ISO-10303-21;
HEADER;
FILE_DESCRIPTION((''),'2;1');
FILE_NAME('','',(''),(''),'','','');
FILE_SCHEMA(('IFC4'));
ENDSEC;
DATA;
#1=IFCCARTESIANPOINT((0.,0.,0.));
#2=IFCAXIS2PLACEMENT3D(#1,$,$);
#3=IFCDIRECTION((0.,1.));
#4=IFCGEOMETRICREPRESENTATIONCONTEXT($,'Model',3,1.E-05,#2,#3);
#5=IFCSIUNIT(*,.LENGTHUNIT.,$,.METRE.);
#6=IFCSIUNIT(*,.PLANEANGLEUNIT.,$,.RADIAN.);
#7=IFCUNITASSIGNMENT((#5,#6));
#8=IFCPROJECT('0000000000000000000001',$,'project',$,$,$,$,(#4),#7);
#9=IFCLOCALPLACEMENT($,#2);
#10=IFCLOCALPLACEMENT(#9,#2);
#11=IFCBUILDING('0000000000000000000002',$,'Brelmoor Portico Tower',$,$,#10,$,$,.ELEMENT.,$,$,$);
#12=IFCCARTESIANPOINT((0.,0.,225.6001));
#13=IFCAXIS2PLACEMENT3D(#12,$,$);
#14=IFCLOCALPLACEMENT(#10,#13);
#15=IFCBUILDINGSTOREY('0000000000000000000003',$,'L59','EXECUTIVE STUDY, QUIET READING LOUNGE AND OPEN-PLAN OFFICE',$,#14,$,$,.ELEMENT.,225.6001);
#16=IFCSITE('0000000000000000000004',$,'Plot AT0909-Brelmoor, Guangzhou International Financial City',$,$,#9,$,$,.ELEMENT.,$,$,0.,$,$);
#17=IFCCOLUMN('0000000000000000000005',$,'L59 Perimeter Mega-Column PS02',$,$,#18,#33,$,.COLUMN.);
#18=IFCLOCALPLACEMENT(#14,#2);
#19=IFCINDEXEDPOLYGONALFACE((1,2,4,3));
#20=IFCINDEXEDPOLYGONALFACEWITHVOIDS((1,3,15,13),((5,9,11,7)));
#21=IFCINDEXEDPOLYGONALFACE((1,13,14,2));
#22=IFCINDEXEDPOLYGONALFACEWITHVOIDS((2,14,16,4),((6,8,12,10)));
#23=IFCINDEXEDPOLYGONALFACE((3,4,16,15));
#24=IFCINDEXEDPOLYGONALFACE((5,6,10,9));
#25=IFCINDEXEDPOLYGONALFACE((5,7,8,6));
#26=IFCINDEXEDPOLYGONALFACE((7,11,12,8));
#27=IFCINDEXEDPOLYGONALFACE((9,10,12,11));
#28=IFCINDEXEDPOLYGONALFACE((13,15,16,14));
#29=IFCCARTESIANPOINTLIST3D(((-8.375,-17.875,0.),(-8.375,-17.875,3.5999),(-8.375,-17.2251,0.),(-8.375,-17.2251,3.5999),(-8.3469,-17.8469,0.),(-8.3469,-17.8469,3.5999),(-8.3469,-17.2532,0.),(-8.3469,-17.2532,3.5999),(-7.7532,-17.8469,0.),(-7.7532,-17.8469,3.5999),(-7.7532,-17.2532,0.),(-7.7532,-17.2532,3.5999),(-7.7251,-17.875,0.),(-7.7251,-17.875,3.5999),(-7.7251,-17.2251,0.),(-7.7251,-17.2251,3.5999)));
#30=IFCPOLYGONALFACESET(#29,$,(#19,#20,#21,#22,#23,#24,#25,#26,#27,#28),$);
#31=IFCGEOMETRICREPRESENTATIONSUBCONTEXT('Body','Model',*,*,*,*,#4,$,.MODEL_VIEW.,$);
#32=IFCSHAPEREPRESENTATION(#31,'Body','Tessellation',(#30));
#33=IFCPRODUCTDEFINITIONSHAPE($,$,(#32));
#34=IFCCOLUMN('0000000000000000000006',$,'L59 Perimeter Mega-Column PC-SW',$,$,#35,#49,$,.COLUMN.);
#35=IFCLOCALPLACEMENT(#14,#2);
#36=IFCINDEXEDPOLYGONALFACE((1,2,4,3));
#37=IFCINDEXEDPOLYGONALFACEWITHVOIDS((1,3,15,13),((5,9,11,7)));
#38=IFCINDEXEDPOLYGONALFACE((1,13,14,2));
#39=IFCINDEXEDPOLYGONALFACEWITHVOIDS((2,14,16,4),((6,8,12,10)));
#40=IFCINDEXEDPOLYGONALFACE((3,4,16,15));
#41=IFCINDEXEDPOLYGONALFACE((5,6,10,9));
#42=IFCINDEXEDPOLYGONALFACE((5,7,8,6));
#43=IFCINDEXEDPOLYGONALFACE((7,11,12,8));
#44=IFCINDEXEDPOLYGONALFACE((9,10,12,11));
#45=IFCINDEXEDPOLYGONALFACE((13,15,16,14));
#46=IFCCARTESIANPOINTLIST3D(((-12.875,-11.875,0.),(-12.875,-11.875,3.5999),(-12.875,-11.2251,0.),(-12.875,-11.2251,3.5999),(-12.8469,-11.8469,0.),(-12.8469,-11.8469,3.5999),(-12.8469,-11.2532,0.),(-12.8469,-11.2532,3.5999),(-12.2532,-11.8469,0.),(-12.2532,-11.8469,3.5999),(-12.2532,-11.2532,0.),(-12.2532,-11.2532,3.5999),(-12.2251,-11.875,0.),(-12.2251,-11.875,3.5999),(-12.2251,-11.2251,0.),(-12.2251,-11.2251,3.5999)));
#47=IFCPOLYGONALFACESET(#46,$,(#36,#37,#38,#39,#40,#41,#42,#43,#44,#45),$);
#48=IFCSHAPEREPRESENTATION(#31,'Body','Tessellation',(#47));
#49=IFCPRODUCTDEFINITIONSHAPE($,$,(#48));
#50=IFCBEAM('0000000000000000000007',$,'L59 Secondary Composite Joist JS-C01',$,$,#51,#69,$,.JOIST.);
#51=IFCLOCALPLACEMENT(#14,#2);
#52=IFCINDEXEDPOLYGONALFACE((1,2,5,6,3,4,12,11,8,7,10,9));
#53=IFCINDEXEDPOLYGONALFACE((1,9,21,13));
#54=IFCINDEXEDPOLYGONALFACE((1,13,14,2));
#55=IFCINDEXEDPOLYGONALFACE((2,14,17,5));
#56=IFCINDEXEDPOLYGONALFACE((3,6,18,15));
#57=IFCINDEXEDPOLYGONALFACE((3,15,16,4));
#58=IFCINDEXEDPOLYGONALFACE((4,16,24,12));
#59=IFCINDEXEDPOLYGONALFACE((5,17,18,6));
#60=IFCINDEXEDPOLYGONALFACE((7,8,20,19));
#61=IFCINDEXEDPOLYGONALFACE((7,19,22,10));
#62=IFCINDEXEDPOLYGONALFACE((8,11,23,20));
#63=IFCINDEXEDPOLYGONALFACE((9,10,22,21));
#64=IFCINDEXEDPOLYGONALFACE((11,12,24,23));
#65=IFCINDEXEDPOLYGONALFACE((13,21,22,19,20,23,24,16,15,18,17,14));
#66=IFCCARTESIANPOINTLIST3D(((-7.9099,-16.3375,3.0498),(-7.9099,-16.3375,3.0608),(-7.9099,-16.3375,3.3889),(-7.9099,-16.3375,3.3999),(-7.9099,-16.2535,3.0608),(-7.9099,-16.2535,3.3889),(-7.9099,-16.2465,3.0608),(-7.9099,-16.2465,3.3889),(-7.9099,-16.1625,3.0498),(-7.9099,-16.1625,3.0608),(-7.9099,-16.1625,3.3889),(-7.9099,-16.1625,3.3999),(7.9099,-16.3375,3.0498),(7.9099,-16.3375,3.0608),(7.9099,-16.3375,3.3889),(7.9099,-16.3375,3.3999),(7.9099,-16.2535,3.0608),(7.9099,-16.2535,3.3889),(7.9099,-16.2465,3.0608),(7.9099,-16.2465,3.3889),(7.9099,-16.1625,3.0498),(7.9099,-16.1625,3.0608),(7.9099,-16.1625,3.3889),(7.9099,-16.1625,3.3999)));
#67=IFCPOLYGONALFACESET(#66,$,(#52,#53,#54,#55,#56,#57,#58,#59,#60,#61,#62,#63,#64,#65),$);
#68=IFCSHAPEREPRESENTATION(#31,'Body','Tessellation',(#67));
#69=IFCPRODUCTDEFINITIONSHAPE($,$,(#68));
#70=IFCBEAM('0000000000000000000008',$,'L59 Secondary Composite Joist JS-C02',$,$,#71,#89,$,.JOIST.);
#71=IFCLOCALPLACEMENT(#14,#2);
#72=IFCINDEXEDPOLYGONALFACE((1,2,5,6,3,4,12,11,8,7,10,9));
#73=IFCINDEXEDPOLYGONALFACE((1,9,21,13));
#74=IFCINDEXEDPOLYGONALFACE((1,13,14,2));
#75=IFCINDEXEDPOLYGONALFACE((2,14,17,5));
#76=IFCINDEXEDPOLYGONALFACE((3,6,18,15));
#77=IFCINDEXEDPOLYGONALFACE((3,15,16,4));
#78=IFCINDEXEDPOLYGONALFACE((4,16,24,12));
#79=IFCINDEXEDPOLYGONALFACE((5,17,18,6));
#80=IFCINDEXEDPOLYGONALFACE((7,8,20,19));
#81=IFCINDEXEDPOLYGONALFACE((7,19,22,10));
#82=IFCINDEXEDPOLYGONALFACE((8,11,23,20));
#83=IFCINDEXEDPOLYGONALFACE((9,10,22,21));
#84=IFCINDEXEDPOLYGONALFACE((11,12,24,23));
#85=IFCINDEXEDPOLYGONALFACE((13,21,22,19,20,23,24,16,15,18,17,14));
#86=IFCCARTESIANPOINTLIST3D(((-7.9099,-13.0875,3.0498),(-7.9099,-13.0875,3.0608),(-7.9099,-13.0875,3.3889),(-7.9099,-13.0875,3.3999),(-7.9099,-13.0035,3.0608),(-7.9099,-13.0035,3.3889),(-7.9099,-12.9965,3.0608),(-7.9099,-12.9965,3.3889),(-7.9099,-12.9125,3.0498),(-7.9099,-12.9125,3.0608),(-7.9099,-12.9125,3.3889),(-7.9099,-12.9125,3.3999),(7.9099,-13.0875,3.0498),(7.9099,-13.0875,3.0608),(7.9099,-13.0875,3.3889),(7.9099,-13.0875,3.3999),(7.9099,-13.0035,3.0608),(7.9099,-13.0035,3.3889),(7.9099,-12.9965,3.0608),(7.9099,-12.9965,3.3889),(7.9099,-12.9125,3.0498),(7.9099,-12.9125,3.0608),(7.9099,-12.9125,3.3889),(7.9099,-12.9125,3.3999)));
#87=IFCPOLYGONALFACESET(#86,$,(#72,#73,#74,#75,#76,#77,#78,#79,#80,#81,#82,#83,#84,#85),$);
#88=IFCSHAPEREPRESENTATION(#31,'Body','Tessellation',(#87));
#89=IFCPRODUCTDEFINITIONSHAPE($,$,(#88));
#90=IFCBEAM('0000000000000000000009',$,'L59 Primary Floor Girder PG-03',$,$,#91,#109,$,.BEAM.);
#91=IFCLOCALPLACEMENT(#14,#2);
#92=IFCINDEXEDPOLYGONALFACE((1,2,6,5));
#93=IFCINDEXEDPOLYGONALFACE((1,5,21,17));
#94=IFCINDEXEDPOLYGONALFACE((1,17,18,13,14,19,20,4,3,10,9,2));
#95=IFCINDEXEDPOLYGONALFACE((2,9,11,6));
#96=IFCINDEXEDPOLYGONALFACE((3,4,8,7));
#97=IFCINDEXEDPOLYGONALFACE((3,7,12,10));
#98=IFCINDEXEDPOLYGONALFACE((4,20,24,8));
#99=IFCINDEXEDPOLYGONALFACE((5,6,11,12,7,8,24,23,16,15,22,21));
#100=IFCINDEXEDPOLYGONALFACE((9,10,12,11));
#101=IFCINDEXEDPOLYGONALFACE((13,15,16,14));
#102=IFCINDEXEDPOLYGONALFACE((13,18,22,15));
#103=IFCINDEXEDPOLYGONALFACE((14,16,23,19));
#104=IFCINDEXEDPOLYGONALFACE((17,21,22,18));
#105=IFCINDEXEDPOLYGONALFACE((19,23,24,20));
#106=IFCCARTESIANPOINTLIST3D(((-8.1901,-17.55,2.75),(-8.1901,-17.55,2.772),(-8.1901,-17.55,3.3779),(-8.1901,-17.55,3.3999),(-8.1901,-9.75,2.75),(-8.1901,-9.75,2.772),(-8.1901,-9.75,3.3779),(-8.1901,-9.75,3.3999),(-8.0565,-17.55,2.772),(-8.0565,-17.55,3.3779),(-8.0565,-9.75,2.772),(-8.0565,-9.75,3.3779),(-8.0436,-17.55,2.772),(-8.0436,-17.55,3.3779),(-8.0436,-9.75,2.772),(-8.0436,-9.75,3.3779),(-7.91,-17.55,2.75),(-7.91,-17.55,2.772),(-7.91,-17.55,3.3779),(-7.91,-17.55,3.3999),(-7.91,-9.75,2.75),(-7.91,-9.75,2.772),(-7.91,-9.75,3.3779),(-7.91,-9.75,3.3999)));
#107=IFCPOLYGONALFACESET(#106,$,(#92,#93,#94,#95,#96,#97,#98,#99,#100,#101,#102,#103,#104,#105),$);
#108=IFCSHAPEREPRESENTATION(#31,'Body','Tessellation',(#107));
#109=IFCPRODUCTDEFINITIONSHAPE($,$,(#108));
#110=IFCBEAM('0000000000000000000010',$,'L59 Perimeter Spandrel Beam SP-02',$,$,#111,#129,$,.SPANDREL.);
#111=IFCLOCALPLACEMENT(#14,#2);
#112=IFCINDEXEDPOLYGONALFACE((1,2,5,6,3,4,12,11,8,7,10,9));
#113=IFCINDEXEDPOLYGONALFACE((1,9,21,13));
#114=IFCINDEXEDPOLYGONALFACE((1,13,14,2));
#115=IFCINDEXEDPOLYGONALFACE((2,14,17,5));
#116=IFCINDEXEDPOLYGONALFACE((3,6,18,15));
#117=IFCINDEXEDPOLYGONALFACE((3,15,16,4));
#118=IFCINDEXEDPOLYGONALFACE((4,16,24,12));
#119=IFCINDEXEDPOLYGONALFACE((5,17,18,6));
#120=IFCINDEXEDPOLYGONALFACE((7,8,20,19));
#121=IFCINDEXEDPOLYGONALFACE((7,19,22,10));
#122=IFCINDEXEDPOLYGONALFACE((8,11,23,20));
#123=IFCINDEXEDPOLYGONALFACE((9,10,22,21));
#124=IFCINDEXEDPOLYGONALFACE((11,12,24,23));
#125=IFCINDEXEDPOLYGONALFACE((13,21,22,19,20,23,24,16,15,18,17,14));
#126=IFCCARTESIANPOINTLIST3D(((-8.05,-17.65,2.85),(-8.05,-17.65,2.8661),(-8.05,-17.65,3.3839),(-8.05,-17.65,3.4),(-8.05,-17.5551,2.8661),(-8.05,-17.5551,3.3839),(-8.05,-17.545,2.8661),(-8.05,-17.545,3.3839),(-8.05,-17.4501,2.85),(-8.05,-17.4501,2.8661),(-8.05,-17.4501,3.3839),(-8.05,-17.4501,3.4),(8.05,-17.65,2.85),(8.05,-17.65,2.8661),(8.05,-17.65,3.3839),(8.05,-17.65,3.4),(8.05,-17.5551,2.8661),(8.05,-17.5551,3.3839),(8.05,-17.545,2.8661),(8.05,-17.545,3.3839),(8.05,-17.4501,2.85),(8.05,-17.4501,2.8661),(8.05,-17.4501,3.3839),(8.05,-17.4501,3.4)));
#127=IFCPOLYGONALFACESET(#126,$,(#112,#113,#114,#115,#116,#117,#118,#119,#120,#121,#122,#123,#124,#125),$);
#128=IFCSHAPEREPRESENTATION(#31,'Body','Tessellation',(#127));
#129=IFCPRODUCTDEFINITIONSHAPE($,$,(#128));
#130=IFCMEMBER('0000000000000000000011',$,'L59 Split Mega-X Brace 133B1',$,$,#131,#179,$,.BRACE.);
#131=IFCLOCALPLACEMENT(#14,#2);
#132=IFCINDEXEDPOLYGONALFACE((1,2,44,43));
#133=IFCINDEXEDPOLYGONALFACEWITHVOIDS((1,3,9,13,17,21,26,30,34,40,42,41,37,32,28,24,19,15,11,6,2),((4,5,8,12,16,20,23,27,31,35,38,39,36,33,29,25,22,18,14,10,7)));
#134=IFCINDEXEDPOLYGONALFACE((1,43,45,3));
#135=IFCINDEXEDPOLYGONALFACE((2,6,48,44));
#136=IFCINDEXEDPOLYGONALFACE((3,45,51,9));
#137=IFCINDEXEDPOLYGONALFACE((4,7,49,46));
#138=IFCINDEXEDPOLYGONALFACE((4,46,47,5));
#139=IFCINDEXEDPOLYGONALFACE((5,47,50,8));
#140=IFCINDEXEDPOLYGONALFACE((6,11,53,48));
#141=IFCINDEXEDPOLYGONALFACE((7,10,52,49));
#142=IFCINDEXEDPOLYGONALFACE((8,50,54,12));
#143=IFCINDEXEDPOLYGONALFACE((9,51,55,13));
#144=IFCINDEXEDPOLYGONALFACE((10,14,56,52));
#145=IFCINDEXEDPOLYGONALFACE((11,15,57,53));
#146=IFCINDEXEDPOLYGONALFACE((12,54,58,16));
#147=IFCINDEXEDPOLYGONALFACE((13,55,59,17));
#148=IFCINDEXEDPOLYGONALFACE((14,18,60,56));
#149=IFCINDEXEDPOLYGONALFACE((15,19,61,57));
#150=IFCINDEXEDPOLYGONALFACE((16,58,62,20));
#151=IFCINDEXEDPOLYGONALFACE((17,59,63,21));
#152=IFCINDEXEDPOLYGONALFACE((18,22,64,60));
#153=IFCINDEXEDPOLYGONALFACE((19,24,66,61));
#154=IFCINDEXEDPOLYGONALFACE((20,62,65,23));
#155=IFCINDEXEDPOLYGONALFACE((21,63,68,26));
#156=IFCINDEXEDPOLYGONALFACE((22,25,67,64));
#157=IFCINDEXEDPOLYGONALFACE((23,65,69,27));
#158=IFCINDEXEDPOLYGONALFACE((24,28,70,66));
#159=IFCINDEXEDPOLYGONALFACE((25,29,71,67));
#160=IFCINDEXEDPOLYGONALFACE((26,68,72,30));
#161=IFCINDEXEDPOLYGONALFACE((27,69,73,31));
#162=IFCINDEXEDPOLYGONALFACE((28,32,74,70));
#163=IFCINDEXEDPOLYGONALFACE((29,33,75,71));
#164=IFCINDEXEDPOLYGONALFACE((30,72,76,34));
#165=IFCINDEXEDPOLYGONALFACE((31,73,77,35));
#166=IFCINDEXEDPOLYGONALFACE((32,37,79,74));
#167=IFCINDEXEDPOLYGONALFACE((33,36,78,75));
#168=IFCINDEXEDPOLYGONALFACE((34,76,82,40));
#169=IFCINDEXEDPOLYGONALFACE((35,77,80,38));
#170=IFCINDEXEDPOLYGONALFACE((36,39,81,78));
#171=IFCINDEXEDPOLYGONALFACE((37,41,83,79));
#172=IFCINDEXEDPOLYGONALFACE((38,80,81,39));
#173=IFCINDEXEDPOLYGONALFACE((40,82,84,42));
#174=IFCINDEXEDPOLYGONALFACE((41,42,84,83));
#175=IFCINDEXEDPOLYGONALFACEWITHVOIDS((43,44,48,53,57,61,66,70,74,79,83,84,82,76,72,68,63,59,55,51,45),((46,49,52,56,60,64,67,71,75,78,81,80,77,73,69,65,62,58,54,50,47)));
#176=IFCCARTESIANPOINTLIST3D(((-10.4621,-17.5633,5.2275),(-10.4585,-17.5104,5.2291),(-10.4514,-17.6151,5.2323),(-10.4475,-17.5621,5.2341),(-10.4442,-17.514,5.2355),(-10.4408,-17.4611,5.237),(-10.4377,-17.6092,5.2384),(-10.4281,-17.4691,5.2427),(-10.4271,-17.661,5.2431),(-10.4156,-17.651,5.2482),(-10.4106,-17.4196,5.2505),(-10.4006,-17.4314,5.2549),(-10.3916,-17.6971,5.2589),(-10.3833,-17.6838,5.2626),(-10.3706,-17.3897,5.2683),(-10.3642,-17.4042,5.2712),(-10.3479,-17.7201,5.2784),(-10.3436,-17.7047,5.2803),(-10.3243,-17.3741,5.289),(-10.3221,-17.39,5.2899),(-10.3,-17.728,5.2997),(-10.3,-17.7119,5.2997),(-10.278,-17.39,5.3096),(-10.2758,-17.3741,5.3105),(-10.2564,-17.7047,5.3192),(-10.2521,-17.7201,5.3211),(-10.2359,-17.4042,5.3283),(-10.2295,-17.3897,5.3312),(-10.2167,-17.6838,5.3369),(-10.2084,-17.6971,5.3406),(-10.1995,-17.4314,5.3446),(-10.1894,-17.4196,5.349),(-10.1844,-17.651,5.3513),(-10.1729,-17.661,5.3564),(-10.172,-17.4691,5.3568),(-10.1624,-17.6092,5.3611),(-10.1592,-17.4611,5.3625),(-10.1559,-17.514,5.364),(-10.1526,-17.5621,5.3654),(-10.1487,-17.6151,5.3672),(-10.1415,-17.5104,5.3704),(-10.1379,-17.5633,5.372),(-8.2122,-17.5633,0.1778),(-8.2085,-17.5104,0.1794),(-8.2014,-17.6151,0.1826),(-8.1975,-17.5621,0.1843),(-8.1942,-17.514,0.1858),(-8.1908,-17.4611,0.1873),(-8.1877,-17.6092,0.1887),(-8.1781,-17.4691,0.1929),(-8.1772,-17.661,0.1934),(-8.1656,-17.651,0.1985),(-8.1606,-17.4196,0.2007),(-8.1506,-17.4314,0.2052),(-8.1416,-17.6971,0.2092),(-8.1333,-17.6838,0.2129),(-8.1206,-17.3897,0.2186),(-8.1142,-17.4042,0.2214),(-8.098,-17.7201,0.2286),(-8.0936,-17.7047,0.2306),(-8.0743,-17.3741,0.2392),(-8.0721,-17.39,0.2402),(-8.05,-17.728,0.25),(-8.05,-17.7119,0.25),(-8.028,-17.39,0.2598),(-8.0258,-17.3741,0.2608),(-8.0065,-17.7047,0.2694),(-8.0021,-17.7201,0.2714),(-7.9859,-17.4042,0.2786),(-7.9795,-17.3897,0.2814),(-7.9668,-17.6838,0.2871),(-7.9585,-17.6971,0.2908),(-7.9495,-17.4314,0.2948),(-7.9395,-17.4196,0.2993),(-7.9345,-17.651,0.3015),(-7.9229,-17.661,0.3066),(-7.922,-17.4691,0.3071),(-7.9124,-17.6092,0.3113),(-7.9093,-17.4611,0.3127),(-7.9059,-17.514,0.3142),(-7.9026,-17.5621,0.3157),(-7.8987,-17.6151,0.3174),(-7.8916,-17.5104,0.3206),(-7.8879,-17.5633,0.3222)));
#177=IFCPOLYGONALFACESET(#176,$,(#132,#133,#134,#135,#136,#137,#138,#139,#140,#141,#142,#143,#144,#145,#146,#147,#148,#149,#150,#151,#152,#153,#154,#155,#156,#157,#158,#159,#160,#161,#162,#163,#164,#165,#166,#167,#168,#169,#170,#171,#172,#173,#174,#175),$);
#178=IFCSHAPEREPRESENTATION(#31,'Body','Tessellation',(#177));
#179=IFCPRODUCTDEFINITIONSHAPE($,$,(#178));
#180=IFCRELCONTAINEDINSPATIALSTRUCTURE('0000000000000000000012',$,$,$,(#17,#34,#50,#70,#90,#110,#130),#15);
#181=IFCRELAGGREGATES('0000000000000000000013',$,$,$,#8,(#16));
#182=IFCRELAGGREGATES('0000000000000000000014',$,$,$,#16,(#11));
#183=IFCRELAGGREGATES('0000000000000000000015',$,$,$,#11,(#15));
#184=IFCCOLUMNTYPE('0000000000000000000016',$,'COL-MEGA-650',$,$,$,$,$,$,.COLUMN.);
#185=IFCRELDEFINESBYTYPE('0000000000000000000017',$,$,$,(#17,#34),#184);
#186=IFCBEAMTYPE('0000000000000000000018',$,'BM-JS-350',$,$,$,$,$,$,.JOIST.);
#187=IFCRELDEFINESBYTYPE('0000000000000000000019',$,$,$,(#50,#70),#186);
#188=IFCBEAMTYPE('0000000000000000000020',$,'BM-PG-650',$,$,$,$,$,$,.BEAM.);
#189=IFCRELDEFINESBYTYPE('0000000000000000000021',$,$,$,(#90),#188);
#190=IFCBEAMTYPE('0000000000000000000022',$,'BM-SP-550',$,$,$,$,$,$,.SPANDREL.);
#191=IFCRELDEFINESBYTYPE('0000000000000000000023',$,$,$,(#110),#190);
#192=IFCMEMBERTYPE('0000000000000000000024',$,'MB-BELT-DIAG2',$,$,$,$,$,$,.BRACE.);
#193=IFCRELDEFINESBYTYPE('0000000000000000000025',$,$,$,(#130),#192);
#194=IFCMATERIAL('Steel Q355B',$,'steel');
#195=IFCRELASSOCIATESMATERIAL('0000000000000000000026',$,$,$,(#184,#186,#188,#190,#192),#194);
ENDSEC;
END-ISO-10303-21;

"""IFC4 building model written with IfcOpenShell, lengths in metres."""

from ifc_helpers import new_model, si_unit, direction, frame, origin, origin_2d, place, context, subcontext, project, spatial, hollow_rectangle, hollow_circle, i_section, extrude, material, material_profile, profile_set, type_object, element, save


model = new_model("IFC4")

# Units and contexts
model_context = context("Model", 3, precision=1e-05, world=origin(), true_north=direction((0.0, 1.0)))
body_context = subcontext(model_context, "Body", "Model", "MODEL_VIEW")
ifc_project = project(units=[si_unit("LENGTHUNIT", "METRE"), si_unit("PLANEANGLEUNIT", "RADIAN")], contexts=[model_context])

# Site, building, storey
site_placement = place(None, origin())
site = spatial("IfcSite", under=ifc_project, at=site_placement, Name="Plot AT0909-Brelmoor, Guangzhou International Financial City", CompositionType="ELEMENT", RefElevation=0.0)
building_placement = place(site_placement, origin())
building = spatial("IfcBuilding", under=site, at=building_placement, Name="Brelmoor Portico Tower", CompositionType="ELEMENT")
storey_placement = place(building_placement, frame((0.0, 0.0, 225.6001)))
storey = spatial("IfcBuildingStorey", under=building, at=storey_placement, Name="L59", Description="EXECUTIVE STUDY, QUIET READING LOUNGE AND OPEN-PLAN OFFICE", CompositionType="ELEMENT", Elevation=225.6001)

# Columns
ifc_material_1 = material(Name="Steel Q355B", Category="steel")
ifc_material_profile_1 = material_profile(ifc_material_1, hollow_rectangle(XDim=0.6499, YDim=0.6499, WallThickness=0.0281, at=origin_2d()), Name="BOX 650x650x28")
ifc_profile_set_1 = profile_set([ifc_material_profile_1], Name="Steel Q355B")
column_type = type_object("IfcColumnType", Name="COL-MEGA-650", PredefinedType="COLUMN", material=ifc_profile_set_1)
for number, where, z_axis, x_axis, name in (
    (1, (-8.05, -17.55, 0.0), (0.0, 0.0, 1.0), (1.0, 0.0, 0.0), "L59 Perimeter Mega-Column PS02"),
    (2, (-12.55, -11.55, 0.0), (0.0, 0.0, 1.0), (1.0, 0.0, 0.0), "L59 Perimeter Mega-Column PC-SW"),
):
    element("IfcColumn", number, at=place(storey_placement, frame(where, z_axis=z_axis, x_axis=x_axis)), inside=storey, type_object=column_type, Name=name, PredefinedType="COLUMN", context=body_context, shape_type="SweptSolid", body=[
        extrude(hollow_rectangle(XDim=0.6499, YDim=0.6499, WallThickness=0.0281, at=origin_2d()), origin(), (0.0, 0.0, 1.0), 3.5999),
    ])

# Beams
ifc_material_profile_2 = material_profile(ifc_material_1, i_section(OverallWidth=0.175, OverallDepth=0.3501, WebThickness=0.0071, FlangeThickness=0.011, at=origin_2d()), Name="HN 350x175x7x11")
ifc_profile_set_2 = profile_set([ifc_material_profile_2], Name="Steel Q355B")
beam_type_1 = type_object("IfcBeamType", Name="BM-JS-350", PredefinedType="JOIST", material=ifc_profile_set_2)
for number, where, z_axis, x_axis, name in (
    (3, (-7.9099, -16.25, 3.2249), (1.0, 0.0, 0.0), (0.0, 1.0, 0.0), "L59 Secondary Composite Joist JS-C01"),
    (4, (-7.9099, -13.0, 3.2249), (1.0, 0.0, 0.0), (0.0, 1.0, 0.0), "L59 Secondary Composite Joist JS-C02"),
):
    element("IfcBeam", number, at=place(storey_placement, frame(where, z_axis=z_axis, x_axis=x_axis)), inside=storey, type_object=beam_type_1, Name=name, PredefinedType="JOIST", context=body_context, shape_type="SweptSolid", body=[
        extrude(i_section(OverallWidth=0.175, OverallDepth=0.3501, WebThickness=0.0071, FlangeThickness=0.011, at=origin_2d()), origin(), (0.0, 0.0, 1.0), 15.8198),
    ])
ifc_material_profile_3 = material_profile(ifc_material_1, i_section(OverallWidth=0.28, OverallDepth=0.6499, WebThickness=0.0129, FlangeThickness=0.022, at=origin_2d()), Name="HN 650x280x13x22")
ifc_profile_set_3 = profile_set([ifc_material_profile_3], Name="Steel Q355B")
beam_type_2 = type_object("IfcBeamType", Name="BM-PG-650", PredefinedType="BEAM", material=ifc_profile_set_3)
beam_1_placement = place(storey_placement, frame((-8.05, -17.55, 3.075), z_axis=(0.0, 1.0, 0.0), x_axis=(-1.0, 0.0, 0.0)))
element("IfcBeam", 5, at=beam_1_placement, inside=storey, type_object=beam_type_2, Name="L59 Primary Floor Girder PG-03", PredefinedType="BEAM", context=body_context, shape_type="SweptSolid", body=[
    extrude(i_section(OverallWidth=0.28, OverallDepth=0.6499, WebThickness=0.0129, FlangeThickness=0.022, at=origin_2d()), origin(), (0.0, 0.0, 1.0), 7.8),
])
ifc_material_profile_4 = material_profile(ifc_material_1, i_section(OverallWidth=0.2, OverallDepth=0.55, WebThickness=0.01, FlangeThickness=0.0161, at=origin_2d()), Name="HN 550x200x10x16")
ifc_profile_set_4 = profile_set([ifc_material_profile_4], Name="Steel Q355B")
beam_type_3 = type_object("IfcBeamType", Name="BM-SP-550", PredefinedType="SPANDREL", material=ifc_profile_set_4)
beam_2_placement = place(storey_placement, frame((-8.05, -17.55, 3.125), z_axis=(1.0, 0.0, 0.0), x_axis=(0.0, 1.0, 0.0)))
element("IfcBeam", 6, at=beam_2_placement, inside=storey, type_object=beam_type_3, Name="L59 Perimeter Spandrel Beam SP-02", PredefinedType="SPANDREL", context=body_context, shape_type="SweptSolid", body=[
    extrude(i_section(OverallWidth=0.2, OverallDepth=0.55, WebThickness=0.01, FlangeThickness=0.0161, at=origin_2d()), origin(), (0.0, 0.0, 1.0), 16.1001),
])

# Member
ifc_material_profile_5 = material_profile(ifc_material_1, hollow_circle(Radius=0.178, WallThickness=0.0161, at=origin_2d()), Name="CHS 356x16")
ifc_profile_set_5 = profile_set([ifc_material_profile_5], Name="Steel Q355B")
member_type_1 = type_object("IfcMemberType", Name="MB-BELT-DIAG2", PredefinedType="BRACE", material=ifc_profile_set_5)
member_1_placement = place(storey_placement, frame((-8.05, -17.55, 0.25), z_axis=(-0.406991, 0.0, 0.913432), x_axis=(0.0, -1.0, 0.0)))
element("IfcMember", 7, at=member_1_placement, inside=storey, type_object=member_type_1, Name="L59 Split Mega-X Brace 133B1", PredefinedType="BRACE", context=body_context, shape_type="SweptSolid", body=[
    extrude(hollow_circle(Radius=0.178, WallThickness=0.0161, at=origin_2d()), origin(), (0.0, 0.0, 1.0), 5.5283),
])

save(model, "model.ifc")
